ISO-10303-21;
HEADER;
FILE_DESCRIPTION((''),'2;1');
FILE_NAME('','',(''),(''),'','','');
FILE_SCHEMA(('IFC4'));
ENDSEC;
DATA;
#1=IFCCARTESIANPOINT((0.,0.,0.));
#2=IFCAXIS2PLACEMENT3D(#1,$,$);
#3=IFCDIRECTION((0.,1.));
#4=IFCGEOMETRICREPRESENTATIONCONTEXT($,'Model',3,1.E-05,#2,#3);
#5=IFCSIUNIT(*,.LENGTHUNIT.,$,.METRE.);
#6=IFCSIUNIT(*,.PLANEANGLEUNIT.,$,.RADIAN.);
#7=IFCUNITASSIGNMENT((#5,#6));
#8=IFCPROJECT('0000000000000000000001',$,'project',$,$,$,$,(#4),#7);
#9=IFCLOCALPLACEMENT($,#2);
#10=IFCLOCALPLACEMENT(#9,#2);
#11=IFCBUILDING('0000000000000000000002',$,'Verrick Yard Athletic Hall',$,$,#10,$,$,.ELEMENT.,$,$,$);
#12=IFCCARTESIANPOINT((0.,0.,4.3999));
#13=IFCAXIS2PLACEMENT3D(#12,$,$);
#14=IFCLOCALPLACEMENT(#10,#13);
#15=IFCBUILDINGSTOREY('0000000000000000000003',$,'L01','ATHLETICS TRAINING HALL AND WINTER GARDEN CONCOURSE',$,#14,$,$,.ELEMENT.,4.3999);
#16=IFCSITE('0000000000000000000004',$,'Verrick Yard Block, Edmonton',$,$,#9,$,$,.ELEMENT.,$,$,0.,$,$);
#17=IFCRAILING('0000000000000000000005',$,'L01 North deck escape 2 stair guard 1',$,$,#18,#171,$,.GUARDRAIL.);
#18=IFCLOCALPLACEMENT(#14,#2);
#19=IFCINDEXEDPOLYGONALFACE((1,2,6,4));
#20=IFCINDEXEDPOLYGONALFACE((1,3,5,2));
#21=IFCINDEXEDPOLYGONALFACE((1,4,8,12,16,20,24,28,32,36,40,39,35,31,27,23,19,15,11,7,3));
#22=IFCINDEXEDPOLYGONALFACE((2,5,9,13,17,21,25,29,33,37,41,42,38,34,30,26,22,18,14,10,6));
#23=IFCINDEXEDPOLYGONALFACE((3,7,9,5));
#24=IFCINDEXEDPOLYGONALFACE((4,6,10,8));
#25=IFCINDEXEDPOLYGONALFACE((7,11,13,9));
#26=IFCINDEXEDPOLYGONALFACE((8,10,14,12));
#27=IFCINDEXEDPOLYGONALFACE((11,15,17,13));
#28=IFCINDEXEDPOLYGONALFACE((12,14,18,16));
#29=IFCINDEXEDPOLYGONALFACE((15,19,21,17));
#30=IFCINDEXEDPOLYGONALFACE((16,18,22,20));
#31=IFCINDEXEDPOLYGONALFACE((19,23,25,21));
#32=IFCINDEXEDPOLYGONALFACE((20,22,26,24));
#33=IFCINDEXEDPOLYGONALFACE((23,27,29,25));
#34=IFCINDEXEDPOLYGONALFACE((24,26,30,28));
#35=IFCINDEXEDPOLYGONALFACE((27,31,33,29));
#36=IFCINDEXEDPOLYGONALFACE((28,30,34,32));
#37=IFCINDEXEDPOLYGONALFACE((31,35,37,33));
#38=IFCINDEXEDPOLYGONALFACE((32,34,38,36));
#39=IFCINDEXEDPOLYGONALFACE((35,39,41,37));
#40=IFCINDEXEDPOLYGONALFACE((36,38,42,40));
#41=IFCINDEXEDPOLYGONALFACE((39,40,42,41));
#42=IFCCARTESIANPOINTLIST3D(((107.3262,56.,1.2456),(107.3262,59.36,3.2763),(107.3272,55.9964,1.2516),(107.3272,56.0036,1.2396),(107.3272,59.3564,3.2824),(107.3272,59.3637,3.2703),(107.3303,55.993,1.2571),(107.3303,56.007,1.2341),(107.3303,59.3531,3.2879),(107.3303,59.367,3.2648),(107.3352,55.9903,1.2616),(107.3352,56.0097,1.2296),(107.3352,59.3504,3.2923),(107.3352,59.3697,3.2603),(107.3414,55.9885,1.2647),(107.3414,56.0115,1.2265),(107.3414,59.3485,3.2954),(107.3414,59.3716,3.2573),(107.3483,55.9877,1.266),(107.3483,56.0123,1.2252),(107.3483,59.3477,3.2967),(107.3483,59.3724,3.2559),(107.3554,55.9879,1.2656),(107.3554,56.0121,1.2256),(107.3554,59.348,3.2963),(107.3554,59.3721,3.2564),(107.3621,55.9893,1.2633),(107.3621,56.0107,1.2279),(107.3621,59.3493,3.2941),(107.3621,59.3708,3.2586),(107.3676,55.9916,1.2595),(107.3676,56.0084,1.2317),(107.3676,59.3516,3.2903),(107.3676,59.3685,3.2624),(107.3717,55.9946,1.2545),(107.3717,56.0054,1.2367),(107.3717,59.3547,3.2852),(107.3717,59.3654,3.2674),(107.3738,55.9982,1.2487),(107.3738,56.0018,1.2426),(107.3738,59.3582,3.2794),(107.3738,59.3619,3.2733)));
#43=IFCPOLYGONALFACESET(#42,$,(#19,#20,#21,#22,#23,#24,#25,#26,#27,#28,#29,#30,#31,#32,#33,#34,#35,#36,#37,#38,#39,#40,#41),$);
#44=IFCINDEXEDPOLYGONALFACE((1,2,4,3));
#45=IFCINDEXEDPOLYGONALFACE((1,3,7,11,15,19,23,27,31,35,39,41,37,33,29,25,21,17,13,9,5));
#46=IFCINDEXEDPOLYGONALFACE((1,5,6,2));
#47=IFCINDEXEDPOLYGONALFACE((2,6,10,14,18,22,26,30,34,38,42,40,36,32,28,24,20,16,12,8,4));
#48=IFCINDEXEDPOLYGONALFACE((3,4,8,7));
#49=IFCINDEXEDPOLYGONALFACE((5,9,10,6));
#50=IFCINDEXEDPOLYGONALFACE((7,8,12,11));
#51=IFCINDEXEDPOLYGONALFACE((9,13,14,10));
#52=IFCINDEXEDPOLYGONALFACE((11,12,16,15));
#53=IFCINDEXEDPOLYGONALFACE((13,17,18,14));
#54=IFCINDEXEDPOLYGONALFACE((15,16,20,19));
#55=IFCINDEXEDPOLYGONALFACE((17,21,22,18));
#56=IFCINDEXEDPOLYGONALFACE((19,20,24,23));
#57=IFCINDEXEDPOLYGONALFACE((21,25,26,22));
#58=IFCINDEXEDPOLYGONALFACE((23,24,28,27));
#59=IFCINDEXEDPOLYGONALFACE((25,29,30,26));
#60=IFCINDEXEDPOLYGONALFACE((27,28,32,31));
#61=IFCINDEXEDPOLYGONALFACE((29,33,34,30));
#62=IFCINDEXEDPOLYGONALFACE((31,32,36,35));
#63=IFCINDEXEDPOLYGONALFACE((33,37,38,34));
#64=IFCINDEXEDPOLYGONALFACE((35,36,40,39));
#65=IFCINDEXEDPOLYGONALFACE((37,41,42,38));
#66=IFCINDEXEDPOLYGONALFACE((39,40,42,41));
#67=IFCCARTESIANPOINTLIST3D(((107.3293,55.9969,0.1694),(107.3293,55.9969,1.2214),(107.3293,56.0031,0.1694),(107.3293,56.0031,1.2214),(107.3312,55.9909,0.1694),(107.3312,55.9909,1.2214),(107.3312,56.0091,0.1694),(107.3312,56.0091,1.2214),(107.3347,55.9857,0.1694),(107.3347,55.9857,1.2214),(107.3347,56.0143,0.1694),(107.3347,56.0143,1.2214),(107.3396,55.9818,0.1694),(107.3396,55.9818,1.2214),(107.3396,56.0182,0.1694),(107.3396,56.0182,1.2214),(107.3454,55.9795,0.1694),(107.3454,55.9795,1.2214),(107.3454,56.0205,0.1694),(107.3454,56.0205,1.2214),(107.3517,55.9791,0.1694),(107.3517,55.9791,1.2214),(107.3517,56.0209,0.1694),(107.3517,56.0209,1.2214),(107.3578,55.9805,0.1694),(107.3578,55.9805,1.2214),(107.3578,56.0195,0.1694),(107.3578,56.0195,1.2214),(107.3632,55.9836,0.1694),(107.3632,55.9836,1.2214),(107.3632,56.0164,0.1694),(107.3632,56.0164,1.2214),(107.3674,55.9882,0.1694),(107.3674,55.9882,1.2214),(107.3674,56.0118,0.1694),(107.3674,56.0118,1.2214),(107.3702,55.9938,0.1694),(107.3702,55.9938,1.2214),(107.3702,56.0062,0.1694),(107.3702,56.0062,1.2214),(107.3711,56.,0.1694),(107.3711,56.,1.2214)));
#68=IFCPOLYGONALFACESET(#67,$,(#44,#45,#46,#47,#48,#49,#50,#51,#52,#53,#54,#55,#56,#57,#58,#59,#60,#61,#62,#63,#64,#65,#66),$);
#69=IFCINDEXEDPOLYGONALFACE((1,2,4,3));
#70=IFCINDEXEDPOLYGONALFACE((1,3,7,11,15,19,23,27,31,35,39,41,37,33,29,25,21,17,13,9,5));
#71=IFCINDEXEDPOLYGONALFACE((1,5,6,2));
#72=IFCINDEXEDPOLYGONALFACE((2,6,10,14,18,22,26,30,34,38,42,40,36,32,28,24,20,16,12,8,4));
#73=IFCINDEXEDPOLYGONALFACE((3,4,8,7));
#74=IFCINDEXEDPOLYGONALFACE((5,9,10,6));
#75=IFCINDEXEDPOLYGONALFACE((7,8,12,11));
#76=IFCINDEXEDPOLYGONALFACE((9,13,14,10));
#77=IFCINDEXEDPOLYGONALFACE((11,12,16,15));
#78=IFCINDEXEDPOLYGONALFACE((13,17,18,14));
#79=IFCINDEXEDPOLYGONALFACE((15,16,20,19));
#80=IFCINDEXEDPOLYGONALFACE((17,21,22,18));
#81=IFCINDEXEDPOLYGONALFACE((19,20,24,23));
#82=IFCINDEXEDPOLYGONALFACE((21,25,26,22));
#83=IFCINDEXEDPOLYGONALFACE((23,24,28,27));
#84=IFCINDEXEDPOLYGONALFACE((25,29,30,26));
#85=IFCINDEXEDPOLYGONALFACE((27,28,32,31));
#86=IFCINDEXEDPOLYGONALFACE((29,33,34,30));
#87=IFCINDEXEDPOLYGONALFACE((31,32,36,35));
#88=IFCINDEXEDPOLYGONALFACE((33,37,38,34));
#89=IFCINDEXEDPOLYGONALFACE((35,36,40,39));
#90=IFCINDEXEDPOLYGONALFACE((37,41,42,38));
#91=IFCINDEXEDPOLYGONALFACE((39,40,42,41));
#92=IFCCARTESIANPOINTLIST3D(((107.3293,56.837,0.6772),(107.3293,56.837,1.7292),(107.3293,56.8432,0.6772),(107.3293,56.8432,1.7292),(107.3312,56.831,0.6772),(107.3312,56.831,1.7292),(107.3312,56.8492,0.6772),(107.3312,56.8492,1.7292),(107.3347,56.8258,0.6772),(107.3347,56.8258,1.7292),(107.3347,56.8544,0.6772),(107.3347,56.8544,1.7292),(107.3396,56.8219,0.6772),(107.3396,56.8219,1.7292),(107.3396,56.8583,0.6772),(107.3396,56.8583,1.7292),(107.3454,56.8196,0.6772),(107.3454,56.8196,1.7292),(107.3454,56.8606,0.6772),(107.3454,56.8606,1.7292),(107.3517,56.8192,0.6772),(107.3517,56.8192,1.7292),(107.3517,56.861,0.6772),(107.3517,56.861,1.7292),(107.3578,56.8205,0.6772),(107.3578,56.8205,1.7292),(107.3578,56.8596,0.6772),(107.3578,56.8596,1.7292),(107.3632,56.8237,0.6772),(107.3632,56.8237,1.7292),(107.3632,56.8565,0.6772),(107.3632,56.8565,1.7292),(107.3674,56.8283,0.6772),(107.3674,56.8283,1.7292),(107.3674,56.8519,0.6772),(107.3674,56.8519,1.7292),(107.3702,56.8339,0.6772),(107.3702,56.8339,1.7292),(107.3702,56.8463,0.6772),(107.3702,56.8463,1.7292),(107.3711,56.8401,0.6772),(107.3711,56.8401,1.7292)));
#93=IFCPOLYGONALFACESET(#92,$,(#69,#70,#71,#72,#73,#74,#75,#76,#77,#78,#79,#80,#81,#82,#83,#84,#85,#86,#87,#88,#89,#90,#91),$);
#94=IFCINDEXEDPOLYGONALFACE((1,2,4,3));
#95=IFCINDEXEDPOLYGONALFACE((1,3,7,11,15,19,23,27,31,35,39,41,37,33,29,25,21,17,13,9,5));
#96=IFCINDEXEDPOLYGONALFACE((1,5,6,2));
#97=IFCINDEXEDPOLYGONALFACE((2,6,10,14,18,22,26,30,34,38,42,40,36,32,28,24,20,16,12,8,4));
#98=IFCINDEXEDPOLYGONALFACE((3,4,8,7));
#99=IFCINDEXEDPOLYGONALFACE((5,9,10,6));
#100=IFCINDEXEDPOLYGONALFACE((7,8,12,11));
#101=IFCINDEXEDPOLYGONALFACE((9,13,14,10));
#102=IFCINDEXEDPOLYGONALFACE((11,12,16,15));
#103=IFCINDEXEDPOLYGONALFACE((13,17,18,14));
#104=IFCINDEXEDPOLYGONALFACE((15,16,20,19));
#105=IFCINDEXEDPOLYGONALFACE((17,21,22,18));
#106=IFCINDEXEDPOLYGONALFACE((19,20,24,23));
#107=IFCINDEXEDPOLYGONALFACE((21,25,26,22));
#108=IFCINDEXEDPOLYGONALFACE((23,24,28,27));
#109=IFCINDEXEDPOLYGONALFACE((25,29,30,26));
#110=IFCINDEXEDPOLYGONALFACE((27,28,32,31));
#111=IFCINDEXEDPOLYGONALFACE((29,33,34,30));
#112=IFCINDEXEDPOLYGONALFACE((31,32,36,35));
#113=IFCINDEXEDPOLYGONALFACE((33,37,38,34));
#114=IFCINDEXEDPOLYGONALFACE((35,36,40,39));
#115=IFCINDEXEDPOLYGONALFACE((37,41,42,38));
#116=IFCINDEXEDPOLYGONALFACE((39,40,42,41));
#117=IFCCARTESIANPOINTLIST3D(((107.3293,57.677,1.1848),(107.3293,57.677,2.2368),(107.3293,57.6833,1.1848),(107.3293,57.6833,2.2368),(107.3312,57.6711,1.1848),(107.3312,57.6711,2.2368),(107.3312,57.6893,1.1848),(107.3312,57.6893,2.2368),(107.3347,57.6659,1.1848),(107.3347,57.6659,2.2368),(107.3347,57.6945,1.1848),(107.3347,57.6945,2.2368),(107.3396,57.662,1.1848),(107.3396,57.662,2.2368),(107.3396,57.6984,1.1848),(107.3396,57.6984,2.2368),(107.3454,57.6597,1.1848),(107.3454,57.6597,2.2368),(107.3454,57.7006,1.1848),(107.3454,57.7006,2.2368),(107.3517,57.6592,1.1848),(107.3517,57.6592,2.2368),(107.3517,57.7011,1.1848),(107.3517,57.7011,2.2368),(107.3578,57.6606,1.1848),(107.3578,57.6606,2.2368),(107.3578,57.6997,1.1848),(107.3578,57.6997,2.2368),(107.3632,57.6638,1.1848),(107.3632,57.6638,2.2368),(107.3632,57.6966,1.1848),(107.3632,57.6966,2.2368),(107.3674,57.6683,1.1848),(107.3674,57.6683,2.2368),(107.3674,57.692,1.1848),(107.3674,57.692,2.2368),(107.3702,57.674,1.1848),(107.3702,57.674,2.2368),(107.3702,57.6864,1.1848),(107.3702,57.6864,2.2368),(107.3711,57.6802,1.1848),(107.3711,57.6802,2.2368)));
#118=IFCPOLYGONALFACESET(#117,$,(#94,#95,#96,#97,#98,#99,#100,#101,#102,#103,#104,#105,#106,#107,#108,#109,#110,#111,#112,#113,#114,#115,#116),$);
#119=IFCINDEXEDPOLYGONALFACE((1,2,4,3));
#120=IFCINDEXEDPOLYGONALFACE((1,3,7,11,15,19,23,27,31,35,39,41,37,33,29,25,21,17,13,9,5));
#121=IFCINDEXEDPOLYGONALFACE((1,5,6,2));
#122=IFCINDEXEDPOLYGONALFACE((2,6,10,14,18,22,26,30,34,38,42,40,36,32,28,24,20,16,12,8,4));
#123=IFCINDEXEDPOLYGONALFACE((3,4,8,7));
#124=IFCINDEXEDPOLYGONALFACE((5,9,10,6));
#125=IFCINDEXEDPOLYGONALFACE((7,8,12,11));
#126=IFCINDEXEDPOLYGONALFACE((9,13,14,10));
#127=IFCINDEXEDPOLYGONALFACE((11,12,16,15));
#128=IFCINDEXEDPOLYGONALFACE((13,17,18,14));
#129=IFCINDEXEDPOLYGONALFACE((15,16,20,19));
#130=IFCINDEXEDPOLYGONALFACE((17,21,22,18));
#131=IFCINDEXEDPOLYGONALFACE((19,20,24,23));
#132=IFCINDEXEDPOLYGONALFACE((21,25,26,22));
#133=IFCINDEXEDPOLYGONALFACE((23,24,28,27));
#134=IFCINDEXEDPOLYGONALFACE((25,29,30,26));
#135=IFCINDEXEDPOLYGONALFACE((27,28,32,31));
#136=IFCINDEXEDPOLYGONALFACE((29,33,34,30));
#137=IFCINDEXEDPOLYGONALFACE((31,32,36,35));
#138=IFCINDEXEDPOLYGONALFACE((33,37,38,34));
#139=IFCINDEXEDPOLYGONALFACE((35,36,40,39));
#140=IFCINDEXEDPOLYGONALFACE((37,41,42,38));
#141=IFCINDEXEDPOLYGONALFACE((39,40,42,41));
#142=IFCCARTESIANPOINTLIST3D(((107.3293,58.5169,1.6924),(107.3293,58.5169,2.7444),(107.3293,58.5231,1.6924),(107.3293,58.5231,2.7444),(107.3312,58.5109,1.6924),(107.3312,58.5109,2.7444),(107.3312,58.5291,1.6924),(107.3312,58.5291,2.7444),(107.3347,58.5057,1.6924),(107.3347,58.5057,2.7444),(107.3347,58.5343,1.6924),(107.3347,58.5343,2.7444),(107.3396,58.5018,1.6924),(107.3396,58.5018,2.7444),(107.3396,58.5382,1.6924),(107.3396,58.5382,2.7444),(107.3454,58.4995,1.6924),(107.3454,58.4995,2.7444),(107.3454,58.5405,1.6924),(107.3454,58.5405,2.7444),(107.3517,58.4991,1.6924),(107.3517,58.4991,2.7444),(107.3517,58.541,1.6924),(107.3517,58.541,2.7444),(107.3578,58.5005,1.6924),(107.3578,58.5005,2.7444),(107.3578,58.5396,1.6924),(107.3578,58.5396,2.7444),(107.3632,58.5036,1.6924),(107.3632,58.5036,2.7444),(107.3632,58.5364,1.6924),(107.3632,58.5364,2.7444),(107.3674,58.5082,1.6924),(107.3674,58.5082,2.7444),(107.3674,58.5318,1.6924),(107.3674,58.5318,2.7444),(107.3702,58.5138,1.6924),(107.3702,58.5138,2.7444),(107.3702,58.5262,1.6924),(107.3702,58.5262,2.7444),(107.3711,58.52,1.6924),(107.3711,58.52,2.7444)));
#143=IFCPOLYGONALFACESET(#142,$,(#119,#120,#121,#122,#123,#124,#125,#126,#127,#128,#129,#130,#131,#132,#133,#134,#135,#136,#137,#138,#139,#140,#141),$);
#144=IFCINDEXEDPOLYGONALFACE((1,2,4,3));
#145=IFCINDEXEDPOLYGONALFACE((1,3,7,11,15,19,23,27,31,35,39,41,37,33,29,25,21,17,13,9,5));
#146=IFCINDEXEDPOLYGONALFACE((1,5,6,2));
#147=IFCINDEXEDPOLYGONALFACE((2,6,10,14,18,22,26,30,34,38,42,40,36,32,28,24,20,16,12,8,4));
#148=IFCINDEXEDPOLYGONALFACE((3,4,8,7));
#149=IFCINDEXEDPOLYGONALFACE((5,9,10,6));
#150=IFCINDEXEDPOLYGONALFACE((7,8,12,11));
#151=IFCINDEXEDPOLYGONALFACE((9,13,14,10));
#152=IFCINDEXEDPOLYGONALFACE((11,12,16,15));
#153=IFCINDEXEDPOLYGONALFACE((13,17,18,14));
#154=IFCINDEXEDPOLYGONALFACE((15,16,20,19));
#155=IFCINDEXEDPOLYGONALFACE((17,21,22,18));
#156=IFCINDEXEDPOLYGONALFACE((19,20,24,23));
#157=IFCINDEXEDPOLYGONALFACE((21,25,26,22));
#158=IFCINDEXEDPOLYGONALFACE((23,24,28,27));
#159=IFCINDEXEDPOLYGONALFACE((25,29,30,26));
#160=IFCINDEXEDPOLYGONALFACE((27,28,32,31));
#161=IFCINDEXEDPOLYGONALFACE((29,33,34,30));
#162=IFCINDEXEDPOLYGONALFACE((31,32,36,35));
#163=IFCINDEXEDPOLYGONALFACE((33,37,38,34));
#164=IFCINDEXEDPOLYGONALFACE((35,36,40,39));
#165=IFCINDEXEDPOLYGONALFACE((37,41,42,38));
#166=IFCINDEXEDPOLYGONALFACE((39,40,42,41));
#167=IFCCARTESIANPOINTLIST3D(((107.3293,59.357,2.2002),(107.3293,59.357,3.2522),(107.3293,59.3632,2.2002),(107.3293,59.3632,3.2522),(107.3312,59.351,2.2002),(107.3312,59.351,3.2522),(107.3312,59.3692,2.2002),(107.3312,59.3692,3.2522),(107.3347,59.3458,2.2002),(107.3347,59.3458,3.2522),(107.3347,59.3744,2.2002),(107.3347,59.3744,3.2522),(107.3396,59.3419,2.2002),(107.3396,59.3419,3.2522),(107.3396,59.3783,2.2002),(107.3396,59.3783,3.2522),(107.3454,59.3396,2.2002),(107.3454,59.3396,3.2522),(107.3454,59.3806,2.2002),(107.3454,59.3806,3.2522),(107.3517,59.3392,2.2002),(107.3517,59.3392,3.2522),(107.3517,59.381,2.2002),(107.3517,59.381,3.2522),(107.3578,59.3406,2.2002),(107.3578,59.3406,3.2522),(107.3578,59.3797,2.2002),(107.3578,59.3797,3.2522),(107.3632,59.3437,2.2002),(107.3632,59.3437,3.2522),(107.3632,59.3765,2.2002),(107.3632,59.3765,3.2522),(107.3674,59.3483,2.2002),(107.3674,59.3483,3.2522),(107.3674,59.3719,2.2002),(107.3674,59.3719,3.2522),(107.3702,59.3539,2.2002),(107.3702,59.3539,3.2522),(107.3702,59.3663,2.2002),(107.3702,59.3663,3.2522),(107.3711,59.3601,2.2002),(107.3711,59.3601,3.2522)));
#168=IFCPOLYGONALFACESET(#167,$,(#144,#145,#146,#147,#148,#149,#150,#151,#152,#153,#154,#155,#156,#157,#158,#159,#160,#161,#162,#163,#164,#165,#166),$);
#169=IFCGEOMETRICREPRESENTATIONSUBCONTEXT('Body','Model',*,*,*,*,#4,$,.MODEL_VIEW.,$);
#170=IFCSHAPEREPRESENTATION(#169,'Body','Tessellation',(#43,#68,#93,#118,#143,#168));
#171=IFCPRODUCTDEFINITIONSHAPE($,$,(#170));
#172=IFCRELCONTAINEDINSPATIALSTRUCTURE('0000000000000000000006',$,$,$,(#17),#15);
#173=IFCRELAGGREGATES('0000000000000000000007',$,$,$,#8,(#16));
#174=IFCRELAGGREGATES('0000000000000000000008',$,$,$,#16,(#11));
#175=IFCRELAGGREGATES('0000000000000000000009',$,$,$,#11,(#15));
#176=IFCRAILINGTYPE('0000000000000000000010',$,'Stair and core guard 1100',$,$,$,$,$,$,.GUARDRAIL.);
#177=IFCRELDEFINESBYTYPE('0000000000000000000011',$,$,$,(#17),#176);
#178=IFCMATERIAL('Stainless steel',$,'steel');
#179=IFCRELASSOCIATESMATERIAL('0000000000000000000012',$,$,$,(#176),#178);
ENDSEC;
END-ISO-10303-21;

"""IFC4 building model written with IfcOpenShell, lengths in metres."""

from ifc_helpers import new_model, si_unit, direction, frame, origin, origin_2d, place, context, subcontext, project, spatial, circle, extrude, material, type_object, element, save


model = new_model("IFC4")

# Units and contexts
model_context = context("Model", 3, precision=1e-05, world=origin(), true_north=direction((0.0, 1.0)))
body_context = subcontext(model_context, "Body", "Model", "MODEL_VIEW")
ifc_project = project(units=[si_unit("LENGTHUNIT", "METRE"), si_unit("PLANEANGLEUNIT", "RADIAN")], contexts=[model_context])

# Site, building, storey
site_placement = place(None, origin())
site = spatial("IfcSite", under=ifc_project, at=site_placement, Name="Verrick Yard Block, Edmonton", CompositionType="ELEMENT", RefElevation=0.0)
building_placement = place(site_placement, origin())
building = spatial("IfcBuilding", under=site, at=building_placement, Name="Verrick Yard Athletic Hall", CompositionType="ELEMENT")
storey_placement = place(building_placement, frame((0.0, 0.0, 4.3999)))
storey = spatial("IfcBuildingStorey", under=building, at=storey_placement, Name="L01", Description="ATHLETICS TRAINING HALL AND WINTER GARDEN CONCOURSE", CompositionType="ELEMENT", Elevation=4.3999)

# Railing
ifc_material_1 = material(Name="Stainless steel", Category="steel")
railing_type_1 = type_object("IfcRailingType", Name="Stair and core guard 1100", PredefinedType="GUARDRAIL", material=ifc_material_1)
railing_1_placement = place(storey_placement, frame((107.3501, 56.0, 0.1694)))
element("IfcRailing", 1, at=railing_1_placement, inside=storey, type_object=railing_type_1, Name="L01 North deck escape 2 stair guard 1", PredefinedType="GUARDRAIL", context=body_context, shape_type="SweptSolid", body=[
    extrude(circle(Radius=0.0239, at=origin_2d()), frame((0.0, 0.0, 1.0762), z_axis=(0.0, 0.855837, 0.517246), x_axis=(-1.0, 0.0, 0.0)), (0.0, 0.0, 1.0), 3.926),
    extrude(circle(Radius=0.021, at=origin_2d()), origin(), (0.0, 0.0, 1.0), 1.052),
    extrude(circle(Radius=0.021, at=origin_2d()), frame((0.0, 0.8401, 0.5078)), (0.0, 0.0, 1.0), 1.052),
    extrude(circle(Radius=0.021, at=origin_2d()), frame((0.0, 1.6802, 1.0154)), (0.0, 0.0, 1.0), 1.052),
    extrude(circle(Radius=0.021, at=origin_2d()), frame((0.0, 2.52, 1.5229)), (0.0, 0.0, 1.0), 1.052),
    extrude(circle(Radius=0.021, at=origin_2d()), frame((0.0, 3.3601, 2.0308)), (0.0, 0.0, 1.0), 1.052),
])

save(model, "model.ifc")
